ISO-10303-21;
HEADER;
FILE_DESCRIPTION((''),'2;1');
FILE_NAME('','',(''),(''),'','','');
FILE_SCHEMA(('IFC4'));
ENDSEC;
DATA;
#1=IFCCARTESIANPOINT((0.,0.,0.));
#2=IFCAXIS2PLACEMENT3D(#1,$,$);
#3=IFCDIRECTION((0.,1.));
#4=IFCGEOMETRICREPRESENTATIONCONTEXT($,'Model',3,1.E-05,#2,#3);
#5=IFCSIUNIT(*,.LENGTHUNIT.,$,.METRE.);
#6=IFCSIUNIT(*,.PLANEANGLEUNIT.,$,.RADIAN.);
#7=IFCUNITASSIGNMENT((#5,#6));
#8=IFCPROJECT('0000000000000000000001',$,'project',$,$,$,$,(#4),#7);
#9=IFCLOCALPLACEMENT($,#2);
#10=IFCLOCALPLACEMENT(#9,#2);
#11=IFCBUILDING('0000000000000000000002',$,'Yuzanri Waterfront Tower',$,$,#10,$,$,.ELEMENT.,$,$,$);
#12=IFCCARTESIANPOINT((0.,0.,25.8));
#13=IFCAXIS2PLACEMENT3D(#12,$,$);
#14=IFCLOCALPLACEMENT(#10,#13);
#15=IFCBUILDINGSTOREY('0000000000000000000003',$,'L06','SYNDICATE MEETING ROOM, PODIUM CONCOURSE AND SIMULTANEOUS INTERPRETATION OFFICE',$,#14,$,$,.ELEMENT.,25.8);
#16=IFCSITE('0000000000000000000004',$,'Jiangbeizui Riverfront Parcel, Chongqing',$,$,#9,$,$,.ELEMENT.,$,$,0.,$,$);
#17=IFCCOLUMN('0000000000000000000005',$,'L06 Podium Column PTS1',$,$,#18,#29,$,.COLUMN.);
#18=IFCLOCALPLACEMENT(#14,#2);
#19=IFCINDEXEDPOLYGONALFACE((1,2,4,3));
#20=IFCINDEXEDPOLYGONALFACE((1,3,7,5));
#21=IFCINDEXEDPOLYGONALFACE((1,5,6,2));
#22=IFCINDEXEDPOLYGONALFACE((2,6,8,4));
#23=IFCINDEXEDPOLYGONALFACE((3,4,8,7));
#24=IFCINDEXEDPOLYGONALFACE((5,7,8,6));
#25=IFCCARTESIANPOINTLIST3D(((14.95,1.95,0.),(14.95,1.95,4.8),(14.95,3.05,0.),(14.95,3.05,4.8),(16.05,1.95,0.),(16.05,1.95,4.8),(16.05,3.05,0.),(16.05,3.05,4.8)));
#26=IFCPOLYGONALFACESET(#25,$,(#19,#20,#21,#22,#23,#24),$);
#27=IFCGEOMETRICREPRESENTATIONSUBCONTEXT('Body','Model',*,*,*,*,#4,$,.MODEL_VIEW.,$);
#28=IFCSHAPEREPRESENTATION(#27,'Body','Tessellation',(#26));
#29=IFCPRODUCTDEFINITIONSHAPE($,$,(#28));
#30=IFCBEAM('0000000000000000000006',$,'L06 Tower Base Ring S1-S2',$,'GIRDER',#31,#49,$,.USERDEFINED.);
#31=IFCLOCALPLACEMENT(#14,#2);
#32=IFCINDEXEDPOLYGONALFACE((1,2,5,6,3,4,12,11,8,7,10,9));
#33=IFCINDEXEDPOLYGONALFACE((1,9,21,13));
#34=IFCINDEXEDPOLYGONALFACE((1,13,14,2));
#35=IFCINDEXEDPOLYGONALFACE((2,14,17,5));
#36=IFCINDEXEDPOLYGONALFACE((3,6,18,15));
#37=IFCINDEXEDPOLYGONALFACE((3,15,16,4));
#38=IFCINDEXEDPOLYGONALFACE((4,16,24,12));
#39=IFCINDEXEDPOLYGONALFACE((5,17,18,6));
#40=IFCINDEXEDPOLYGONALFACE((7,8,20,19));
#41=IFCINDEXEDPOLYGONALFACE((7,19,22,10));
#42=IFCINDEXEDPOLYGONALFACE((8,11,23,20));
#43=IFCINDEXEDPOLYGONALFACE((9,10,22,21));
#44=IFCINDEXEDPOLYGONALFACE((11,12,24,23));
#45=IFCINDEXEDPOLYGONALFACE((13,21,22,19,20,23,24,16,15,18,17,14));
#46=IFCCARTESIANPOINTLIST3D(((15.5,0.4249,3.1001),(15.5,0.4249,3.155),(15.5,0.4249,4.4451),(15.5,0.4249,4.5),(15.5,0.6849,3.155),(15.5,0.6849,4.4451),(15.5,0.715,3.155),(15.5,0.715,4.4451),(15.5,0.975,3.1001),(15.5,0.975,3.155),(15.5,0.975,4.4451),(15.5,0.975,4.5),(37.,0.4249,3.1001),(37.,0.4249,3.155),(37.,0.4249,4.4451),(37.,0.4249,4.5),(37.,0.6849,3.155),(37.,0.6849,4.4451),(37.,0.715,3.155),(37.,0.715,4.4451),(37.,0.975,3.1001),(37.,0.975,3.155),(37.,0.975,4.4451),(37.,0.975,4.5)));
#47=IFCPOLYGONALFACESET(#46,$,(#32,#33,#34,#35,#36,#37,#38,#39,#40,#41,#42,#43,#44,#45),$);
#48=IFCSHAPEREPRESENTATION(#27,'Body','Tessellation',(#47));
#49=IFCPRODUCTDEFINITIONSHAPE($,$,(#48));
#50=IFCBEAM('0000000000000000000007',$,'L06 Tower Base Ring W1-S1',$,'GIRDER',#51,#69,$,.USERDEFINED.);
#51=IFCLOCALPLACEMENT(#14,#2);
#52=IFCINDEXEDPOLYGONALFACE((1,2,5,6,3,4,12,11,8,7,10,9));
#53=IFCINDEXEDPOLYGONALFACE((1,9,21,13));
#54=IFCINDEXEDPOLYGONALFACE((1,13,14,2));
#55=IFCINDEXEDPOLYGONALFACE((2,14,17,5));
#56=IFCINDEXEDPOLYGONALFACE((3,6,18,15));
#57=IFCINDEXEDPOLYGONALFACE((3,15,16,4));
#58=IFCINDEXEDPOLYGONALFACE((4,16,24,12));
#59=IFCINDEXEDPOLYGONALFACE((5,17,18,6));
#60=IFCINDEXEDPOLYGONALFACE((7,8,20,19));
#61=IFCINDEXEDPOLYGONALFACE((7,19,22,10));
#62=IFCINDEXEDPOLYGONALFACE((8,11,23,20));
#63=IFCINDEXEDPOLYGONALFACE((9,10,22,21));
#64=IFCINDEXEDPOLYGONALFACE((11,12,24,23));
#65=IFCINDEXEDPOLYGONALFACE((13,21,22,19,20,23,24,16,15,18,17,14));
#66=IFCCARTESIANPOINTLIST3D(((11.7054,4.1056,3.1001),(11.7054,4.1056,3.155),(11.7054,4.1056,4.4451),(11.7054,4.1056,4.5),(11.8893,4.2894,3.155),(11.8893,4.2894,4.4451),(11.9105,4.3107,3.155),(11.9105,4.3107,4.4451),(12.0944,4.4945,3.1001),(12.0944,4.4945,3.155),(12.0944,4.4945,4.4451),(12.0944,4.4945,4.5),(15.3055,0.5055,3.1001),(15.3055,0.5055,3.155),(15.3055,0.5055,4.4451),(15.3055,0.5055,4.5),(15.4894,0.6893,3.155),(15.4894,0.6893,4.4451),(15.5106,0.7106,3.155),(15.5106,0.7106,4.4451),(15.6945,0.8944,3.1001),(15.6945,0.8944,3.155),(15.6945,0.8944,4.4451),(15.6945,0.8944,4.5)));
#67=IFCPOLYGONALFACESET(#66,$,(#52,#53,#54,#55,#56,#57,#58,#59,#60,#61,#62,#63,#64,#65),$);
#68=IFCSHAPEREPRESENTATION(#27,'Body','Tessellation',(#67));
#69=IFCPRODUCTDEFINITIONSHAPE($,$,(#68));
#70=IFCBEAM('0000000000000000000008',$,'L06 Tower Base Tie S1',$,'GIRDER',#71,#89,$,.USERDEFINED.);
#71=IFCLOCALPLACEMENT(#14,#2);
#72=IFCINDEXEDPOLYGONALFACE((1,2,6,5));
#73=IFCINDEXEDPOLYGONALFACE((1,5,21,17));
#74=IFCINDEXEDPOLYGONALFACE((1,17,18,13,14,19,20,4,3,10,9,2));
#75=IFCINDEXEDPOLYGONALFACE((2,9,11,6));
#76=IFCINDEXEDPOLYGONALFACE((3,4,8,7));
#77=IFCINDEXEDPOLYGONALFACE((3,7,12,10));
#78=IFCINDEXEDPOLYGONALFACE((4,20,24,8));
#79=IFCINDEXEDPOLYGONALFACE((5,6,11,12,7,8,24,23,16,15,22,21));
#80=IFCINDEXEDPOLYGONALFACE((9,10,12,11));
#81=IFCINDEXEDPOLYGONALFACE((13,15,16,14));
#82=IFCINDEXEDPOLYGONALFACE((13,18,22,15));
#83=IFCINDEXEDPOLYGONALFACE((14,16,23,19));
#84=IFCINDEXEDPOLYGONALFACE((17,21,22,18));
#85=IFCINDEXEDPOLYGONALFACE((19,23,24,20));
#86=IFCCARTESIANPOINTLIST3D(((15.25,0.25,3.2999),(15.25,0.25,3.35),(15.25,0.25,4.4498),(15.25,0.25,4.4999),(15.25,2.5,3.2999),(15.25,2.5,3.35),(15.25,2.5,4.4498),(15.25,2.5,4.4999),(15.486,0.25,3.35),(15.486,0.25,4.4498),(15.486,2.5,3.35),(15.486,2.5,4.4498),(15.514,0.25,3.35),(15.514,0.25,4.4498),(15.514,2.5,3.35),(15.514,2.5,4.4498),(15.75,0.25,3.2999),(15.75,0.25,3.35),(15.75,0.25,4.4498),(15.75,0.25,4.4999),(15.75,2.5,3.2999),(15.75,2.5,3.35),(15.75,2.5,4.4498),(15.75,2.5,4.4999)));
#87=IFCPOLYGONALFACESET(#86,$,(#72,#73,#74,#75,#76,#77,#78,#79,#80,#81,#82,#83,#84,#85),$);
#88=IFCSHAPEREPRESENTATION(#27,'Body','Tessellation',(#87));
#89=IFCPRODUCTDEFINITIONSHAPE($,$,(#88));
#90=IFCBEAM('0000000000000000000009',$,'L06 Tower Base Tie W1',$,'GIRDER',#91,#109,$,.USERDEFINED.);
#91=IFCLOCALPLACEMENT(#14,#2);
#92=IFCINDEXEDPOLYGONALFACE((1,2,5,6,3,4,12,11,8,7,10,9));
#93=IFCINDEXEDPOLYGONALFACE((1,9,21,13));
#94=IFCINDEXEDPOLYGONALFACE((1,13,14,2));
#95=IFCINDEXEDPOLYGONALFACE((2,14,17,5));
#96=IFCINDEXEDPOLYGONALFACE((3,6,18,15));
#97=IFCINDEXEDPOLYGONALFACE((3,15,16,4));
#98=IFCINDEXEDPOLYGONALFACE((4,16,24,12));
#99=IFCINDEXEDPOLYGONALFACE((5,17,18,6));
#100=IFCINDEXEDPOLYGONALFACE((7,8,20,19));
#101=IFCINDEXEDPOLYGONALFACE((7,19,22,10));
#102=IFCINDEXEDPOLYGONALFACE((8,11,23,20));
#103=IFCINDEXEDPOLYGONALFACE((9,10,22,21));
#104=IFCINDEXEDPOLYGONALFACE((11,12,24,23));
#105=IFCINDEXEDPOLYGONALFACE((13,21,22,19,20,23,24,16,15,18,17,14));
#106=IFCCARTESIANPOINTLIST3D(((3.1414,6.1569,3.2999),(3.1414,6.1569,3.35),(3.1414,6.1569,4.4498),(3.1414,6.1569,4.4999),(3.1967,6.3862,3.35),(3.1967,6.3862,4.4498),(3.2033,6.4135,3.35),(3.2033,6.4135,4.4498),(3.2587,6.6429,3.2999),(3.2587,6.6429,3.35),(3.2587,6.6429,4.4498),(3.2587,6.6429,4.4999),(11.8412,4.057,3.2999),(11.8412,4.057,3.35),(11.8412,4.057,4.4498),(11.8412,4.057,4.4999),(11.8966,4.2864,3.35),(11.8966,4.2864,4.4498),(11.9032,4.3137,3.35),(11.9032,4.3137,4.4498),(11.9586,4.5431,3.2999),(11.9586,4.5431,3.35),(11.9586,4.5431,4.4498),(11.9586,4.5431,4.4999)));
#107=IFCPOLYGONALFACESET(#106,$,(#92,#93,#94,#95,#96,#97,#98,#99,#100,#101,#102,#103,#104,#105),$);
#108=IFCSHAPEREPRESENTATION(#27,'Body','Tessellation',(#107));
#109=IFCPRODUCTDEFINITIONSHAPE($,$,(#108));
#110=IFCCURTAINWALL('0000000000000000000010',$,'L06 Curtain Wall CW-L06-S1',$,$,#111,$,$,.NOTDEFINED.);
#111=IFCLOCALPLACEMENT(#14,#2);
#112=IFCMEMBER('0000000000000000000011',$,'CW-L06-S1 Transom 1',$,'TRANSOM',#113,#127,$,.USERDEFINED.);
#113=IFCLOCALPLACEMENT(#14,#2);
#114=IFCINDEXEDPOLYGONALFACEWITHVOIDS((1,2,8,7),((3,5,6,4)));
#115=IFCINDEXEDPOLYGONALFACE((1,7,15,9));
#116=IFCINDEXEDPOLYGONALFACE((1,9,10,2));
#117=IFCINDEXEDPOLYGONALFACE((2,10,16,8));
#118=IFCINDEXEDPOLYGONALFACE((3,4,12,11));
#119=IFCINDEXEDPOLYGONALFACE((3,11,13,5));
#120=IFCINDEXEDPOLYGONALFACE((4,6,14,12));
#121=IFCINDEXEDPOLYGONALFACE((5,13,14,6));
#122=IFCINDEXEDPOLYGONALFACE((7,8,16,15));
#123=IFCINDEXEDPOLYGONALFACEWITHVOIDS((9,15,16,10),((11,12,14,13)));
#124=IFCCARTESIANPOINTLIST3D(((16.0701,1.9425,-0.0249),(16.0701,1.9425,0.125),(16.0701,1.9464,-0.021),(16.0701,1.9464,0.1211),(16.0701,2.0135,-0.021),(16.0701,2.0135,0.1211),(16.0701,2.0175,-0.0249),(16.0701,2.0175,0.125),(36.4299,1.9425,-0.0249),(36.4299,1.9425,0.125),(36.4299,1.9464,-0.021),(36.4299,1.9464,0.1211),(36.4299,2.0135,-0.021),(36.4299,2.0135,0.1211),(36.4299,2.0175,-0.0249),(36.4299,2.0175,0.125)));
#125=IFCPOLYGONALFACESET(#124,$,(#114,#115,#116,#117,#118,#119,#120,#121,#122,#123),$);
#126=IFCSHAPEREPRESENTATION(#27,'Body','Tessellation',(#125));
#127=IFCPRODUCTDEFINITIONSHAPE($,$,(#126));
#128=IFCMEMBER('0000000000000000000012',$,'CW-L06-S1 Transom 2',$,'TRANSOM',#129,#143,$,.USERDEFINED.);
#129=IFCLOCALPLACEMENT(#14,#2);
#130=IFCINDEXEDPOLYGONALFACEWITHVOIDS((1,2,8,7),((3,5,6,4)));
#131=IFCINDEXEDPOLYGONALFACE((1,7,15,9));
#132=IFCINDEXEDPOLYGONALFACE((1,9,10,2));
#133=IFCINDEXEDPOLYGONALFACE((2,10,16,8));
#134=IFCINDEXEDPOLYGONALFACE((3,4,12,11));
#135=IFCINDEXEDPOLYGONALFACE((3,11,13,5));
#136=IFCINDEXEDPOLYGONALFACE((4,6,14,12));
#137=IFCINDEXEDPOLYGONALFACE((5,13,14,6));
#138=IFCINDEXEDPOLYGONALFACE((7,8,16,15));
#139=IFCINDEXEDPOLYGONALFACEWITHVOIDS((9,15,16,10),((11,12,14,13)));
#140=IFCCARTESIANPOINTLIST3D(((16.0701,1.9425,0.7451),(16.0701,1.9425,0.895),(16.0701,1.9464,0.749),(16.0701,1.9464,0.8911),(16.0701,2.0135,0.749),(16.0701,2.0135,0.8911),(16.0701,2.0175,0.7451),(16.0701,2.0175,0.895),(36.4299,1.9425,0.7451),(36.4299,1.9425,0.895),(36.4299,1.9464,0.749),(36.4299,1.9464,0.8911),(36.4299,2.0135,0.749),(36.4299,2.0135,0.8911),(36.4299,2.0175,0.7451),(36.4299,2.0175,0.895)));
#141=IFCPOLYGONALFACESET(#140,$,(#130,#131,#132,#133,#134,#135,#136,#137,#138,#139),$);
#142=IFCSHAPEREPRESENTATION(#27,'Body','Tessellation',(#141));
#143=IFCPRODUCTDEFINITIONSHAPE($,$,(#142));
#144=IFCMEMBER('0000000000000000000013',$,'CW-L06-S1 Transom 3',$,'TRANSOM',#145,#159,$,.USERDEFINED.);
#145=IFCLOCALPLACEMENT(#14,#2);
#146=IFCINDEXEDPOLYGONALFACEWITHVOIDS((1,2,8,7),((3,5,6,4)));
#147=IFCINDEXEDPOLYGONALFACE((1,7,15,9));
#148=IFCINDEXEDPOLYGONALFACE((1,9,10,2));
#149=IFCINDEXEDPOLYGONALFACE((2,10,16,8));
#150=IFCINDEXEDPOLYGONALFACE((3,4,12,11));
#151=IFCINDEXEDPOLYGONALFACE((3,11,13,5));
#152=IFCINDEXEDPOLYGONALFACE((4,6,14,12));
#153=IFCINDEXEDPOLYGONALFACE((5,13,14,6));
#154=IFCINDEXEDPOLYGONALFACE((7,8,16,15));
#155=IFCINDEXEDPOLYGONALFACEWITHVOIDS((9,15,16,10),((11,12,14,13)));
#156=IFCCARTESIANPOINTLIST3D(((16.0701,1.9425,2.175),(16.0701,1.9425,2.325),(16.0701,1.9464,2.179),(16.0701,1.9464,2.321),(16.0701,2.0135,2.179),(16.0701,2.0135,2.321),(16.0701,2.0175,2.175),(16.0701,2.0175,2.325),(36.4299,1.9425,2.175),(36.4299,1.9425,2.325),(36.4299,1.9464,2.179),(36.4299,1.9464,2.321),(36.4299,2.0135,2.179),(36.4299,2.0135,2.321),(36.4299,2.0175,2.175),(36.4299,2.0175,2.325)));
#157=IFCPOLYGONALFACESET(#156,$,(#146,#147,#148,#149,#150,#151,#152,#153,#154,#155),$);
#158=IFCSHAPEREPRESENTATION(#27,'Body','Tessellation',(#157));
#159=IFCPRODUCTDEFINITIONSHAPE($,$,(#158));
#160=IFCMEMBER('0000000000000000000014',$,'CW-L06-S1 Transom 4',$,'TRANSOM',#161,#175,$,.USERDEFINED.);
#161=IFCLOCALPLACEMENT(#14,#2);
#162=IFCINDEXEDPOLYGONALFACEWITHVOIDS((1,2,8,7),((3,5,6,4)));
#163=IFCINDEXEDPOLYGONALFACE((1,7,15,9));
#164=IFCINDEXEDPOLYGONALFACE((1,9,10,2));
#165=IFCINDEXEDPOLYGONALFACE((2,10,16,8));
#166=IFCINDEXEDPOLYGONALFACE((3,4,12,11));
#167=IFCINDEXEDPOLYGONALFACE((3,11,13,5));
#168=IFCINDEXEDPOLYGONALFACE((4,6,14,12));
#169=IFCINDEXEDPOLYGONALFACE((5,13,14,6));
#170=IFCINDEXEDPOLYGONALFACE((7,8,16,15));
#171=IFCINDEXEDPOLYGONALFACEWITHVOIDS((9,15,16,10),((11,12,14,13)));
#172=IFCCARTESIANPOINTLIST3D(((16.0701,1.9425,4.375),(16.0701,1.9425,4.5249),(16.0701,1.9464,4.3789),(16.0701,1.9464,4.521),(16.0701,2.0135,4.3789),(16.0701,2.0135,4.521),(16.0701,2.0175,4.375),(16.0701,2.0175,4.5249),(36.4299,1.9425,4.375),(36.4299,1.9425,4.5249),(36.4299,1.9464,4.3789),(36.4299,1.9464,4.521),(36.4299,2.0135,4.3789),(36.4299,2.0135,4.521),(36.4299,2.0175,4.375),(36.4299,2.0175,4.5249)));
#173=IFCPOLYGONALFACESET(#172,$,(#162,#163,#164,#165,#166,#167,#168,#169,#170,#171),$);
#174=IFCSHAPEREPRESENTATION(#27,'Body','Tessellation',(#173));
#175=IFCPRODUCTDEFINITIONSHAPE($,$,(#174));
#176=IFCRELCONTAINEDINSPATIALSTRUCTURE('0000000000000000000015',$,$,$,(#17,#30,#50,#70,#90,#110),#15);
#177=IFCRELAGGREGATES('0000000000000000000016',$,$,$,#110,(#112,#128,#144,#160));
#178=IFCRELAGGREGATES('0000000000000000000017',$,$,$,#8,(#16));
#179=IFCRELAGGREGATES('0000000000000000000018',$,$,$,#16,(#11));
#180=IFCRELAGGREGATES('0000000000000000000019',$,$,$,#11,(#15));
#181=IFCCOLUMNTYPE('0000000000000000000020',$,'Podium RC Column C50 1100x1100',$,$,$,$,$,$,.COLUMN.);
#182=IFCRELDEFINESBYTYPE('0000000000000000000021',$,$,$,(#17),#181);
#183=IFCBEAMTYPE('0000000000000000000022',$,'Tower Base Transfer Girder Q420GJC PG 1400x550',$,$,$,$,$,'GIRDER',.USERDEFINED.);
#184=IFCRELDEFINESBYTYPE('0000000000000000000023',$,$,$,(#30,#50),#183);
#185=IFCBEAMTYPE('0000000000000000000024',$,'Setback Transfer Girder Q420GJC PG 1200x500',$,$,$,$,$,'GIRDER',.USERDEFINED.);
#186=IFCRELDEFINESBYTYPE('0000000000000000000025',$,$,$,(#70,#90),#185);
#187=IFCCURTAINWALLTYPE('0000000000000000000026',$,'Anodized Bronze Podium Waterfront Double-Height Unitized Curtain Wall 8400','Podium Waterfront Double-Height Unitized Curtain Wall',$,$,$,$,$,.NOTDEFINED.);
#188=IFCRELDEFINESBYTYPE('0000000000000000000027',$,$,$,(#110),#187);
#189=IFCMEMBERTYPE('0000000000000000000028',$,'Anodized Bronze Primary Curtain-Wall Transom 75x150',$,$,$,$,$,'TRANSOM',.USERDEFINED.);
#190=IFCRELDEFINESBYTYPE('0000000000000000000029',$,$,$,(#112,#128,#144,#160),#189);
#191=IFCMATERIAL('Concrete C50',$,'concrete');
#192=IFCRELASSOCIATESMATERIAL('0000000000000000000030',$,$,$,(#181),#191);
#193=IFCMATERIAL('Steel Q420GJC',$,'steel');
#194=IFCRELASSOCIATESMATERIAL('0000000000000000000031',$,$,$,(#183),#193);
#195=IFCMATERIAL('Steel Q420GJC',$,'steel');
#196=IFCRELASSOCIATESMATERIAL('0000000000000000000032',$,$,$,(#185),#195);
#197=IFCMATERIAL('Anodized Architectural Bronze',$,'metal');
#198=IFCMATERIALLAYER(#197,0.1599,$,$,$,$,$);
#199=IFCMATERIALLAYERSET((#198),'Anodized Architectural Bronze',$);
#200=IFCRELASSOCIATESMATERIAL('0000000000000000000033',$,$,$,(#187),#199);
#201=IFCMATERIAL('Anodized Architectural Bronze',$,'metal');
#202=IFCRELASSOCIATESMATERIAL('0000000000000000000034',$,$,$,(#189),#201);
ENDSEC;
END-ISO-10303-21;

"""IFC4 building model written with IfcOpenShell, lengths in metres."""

from ifc_helpers import new_model, si_unit, direction, frame, origin, origin_2d, place, context, subcontext, project, spatial, rectangle, hollow_rectangle, i_section, extrude, source, transform, mapped, material, layer, layer_set, material_profile, profile_set, type_object, element, aggregate, save


model = new_model("IFC4")

# Units and contexts
model_context = context("Model", 3, precision=1e-05, world=origin(), true_north=direction((0.0, 1.0)))
body_context = subcontext(model_context, "Body", "Model", "MODEL_VIEW")
ifc_project = project(units=[si_unit("LENGTHUNIT", "METRE"), si_unit("PLANEANGLEUNIT", "RADIAN")], contexts=[model_context])

# Site, building, storey
site_placement = place(None, origin())
site = spatial("IfcSite", under=ifc_project, at=site_placement, Name="Jiangbeizui Riverfront Parcel, Chongqing", CompositionType="ELEMENT", RefElevation=0.0)
building_placement = place(site_placement, origin())
building = spatial("IfcBuilding", under=site, at=building_placement, Name="Yuzanri Waterfront Tower", CompositionType="ELEMENT")
storey_placement = place(building_placement, frame((0.0, 0.0, 25.8)))
storey = spatial("IfcBuildingStorey", under=building, at=storey_placement, Name="L06", Description="SYNDICATE MEETING ROOM, PODIUM CONCOURSE AND SIMULTANEOUS INTERPRETATION OFFICE", CompositionType="ELEMENT", Elevation=25.8)

# Column
ifc_material_1 = material(Name="Concrete C50", Category="concrete")
ifc_material_profile_1 = material_profile(ifc_material_1, rectangle(XDim=1.1001, YDim=1.1001, at=origin_2d()), Name="RC 1100x1100")
ifc_profile_set_1 = profile_set([ifc_material_profile_1], Name="Concrete C50")
column_type = type_object("IfcColumnType", Name="Podium RC Column C50 1100x1100", PredefinedType="COLUMN", material=ifc_profile_set_1)
shared_shape_1 = source(origin(), body_context, "Body", "SweptSolid", [
    extrude(rectangle(XDim=1.1001, YDim=1.1001, at=origin_2d()), origin(), (0.0, 0.0, 1.0), 4.8),
])
column_placement = place(storey_placement, frame((15.5, 2.5, 0.0), z_axis=(0.0, 0.0, 1.0), x_axis=(1.0, 0.0, 0.0)))
element("IfcColumn", 1, at=column_placement, inside=storey, type_object=column_type, Name="L06 Podium Column PTS1", PredefinedType="COLUMN", context=body_context, shape_type="MappedRepresentation", body=[
    mapped(shared_shape_1, transform((0.0, 0.0, 0.0), scale=1.0)),
])

# Beams
ifc_material_2 = material(Name="Steel Q420GJC", Category="steel")
ifc_material_profile_2 = material_profile(ifc_material_2, i_section(OverallWidth=0.55, OverallDepth=1.3999, WebThickness=0.03, FlangeThickness=0.0549, at=origin_2d()), Name="PG 1400x550x30x55")
ifc_profile_set_2 = profile_set([ifc_material_profile_2], Name="Steel Q420GJC")
beam_type_1 = type_object("IfcBeamType", Name="Tower Base Transfer Girder Q420GJC PG 1400x550", ElementType="GIRDER", PredefinedType="USERDEFINED", material=ifc_profile_set_2)
shared_shape_2 = source(origin(), body_context, "Body", "SweptSolid", [
    extrude(i_section(OverallWidth=0.55, OverallDepth=1.3999, WebThickness=0.03, FlangeThickness=0.0549, at=origin_2d()), origin(), (0.0, 0.0, 1.0), 21.5),
])
beam_1_placement = place(storey_placement, frame((15.5, 0.7, 3.8), z_axis=(1.0, 0.0, 0.0), x_axis=(0.0, 1.0, 0.0)))
element("IfcBeam", 2, at=beam_1_placement, inside=storey, type_object=beam_type_1, Name="L06 Tower Base Ring S1-S2", ObjectType="GIRDER", PredefinedType="USERDEFINED", context=body_context, shape_type="MappedRepresentation", body=[
    mapped(shared_shape_2, transform((0.0, 0.0, 0.0), scale=1.0)),
])
shared_shape_3 = source(origin(), body_context, "Body", "SweptSolid", [
    extrude(i_section(OverallWidth=0.55, OverallDepth=1.3999, WebThickness=0.03, FlangeThickness=0.0549, at=origin_2d()), origin(), (0.0, 0.0, 1.0), 5.0913),
])
beam_2_placement = place(storey_placement, frame((11.8999, 4.3, 3.8), z_axis=(0.707107, -0.707107, 0.0), x_axis=(0.707107, 0.707107, 0.0)))
element("IfcBeam", 3, at=beam_2_placement, inside=storey, type_object=beam_type_1, Name="L06 Tower Base Ring W1-S1", ObjectType="GIRDER", PredefinedType="USERDEFINED", context=body_context, shape_type="MappedRepresentation", body=[
    mapped(shared_shape_3, transform((0.0, 0.0, 0.0), scale=1.0)),
])
ifc_material_3 = material(Name="Steel Q420GJC", Category="steel")
ifc_material_profile_3 = material_profile(ifc_material_3, i_section(OverallWidth=0.5, OverallDepth=1.2, WebThickness=0.0281, FlangeThickness=0.05, at=origin_2d()), Name="PG 1200x500x28x50")
ifc_profile_set_3 = profile_set([ifc_material_profile_3], Name="Steel Q420GJC")
beam_type_2 = type_object("IfcBeamType", Name="Setback Transfer Girder Q420GJC PG 1200x500", ElementType="GIRDER", PredefinedType="USERDEFINED", material=ifc_profile_set_3)
shared_shape_4 = source(origin(), body_context, "Body", "SweptSolid", [
    extrude(i_section(OverallWidth=0.5, OverallDepth=1.2, WebThickness=0.0281, FlangeThickness=0.05, at=origin_2d()), origin(), (0.0, 0.0, 1.0), 2.25),
])
beam_3_placement = place(storey_placement, frame((15.5, 0.25, 3.8999), z_axis=(0.0, 1.0, 0.0), x_axis=(-1.0, 0.0, 0.0)))
element("IfcBeam", 4, at=beam_3_placement, inside=storey, type_object=beam_type_2, Name="L06 Tower Base Tie S1", ObjectType="GIRDER", PredefinedType="USERDEFINED", context=body_context, shape_type="MappedRepresentation", body=[
    mapped(shared_shape_4, transform((0.0, 0.0, 0.0), scale=1.0)),
])
shared_shape_5 = source(origin(), body_context, "Body", "SweptSolid", [
    extrude(i_section(OverallWidth=0.5, OverallDepth=1.2, WebThickness=0.0281, FlangeThickness=0.05, at=origin_2d()), origin(), (0.0, 0.0, 1.0), 8.9497),
])
beam_4_placement = place(storey_placement, frame((11.8999, 4.3, 3.8999), z_axis=(-0.972086, 0.234626, 0.0), x_axis=(-0.234626, -0.972086, 0.0)))
element("IfcBeam", 5, at=beam_4_placement, inside=storey, type_object=beam_type_2, Name="L06 Tower Base Tie W1", ObjectType="GIRDER", PredefinedType="USERDEFINED", context=body_context, shape_type="MappedRepresentation", body=[
    mapped(shared_shape_5, transform((0.0, 0.0, 0.0), scale=1.0)),
])

# Curtain wall, members
ifc_material_4 = material(Name="Anodized Architectural Bronze", Category="metal")
ifc_layer_1 = layer(ifc_material_4, 0.1599)
ifc_layer_set_1 = layer_set([ifc_layer_1], Name="Anodized Architectural Bronze")
curtain_wall_type = type_object("IfcCurtainWallType", Name="Anodized Bronze Podium Waterfront Double-Height Unitized Curtain Wall 8400", Description="Podium Waterfront Double-Height Unitized Curtain Wall", PredefinedType="NOTDEFINED", material=ifc_layer_set_1)
curtain_wall_placement = place(storey_placement, origin())
curtain_wall = element("IfcCurtainWall", 6, at=curtain_wall_placement, inside=storey, type_object=curtain_wall_type, Name="L06 Curtain Wall CW-L06-S1", PredefinedType="NOTDEFINED")
ifc_material_5 = material(Name="Anodized Architectural Bronze", Category="metal")
ifc_material_profile_4 = material_profile(ifc_material_5, hollow_rectangle(XDim=0.075, YDim=0.1499, WallThickness=0.0039, at=origin_2d()), Name="CWT 75x150")
ifc_profile_set_4 = profile_set([ifc_material_profile_4], Name="Anodized Architectural Bronze")
member_type = type_object("IfcMemberType", Name="Anodized Bronze Primary Curtain-Wall Transom 75x150", ElementType="TRANSOM", PredefinedType="USERDEFINED", material=ifc_profile_set_4)
shared_shape_6 = source(origin(), body_context, "Body", "SweptSolid", [
    extrude(hollow_rectangle(XDim=0.075, YDim=0.1499, WallThickness=0.0039, at=origin_2d()), origin(), (0.0, 0.0, 1.0), 20.3599),
])
member_1_placement = place(storey_placement, frame((16.0701, 1.98, 0.05), z_axis=(1.0, 0.0, 0.0), x_axis=(0.0, 1.0, 0.0)))
member_1 = element("IfcMember", 7, at=member_1_placement, type_object=member_type, Name="CW-L06-S1 Transom 1", ObjectType="TRANSOM", PredefinedType="USERDEFINED", context=body_context, shape_type="MappedRepresentation", body=[
    mapped(shared_shape_6, transform((0.0, 0.0, 0.0), scale=1.0)),
])
member_2_placement = place(storey_placement, frame((16.0701, 1.98, 0.8201), z_axis=(1.0, 0.0, 0.0), x_axis=(0.0, 1.0, 0.0)))
member_2 = element("IfcMember", 8, at=member_2_placement, type_object=member_type, Name="CW-L06-S1 Transom 2", ObjectType="TRANSOM", PredefinedType="USERDEFINED", context=body_context, shape_type="MappedRepresentation", body=[
    mapped(shared_shape_6, transform((0.0, 0.0, 0.0), scale=1.0)),
])
member_3_placement = place(storey_placement, frame((16.0701, 1.98, 2.25), z_axis=(1.0, 0.0, 0.0), x_axis=(0.0, 1.0, 0.0)))
member_3 = element("IfcMember", 9, at=member_3_placement, type_object=member_type, Name="CW-L06-S1 Transom 3", ObjectType="TRANSOM", PredefinedType="USERDEFINED", context=body_context, shape_type="MappedRepresentation", body=[
    mapped(shared_shape_6, transform((0.0, 0.0, 0.0), scale=1.0)),
])
member_4_placement = place(storey_placement, frame((16.0701, 1.98, 4.45), z_axis=(1.0, 0.0, 0.0), x_axis=(0.0, 1.0, 0.0)))
member_4 = element("IfcMember", 10, at=member_4_placement, type_object=member_type, Name="CW-L06-S1 Transom 4", ObjectType="TRANSOM", PredefinedType="USERDEFINED", context=body_context, shape_type="MappedRepresentation", body=[
    mapped(shared_shape_6, transform((0.0, 0.0, 0.0), scale=1.0)),
])
aggregate(curtain_wall, [member_1, member_2, member_3, member_4])

save(model, "model.ifc")
